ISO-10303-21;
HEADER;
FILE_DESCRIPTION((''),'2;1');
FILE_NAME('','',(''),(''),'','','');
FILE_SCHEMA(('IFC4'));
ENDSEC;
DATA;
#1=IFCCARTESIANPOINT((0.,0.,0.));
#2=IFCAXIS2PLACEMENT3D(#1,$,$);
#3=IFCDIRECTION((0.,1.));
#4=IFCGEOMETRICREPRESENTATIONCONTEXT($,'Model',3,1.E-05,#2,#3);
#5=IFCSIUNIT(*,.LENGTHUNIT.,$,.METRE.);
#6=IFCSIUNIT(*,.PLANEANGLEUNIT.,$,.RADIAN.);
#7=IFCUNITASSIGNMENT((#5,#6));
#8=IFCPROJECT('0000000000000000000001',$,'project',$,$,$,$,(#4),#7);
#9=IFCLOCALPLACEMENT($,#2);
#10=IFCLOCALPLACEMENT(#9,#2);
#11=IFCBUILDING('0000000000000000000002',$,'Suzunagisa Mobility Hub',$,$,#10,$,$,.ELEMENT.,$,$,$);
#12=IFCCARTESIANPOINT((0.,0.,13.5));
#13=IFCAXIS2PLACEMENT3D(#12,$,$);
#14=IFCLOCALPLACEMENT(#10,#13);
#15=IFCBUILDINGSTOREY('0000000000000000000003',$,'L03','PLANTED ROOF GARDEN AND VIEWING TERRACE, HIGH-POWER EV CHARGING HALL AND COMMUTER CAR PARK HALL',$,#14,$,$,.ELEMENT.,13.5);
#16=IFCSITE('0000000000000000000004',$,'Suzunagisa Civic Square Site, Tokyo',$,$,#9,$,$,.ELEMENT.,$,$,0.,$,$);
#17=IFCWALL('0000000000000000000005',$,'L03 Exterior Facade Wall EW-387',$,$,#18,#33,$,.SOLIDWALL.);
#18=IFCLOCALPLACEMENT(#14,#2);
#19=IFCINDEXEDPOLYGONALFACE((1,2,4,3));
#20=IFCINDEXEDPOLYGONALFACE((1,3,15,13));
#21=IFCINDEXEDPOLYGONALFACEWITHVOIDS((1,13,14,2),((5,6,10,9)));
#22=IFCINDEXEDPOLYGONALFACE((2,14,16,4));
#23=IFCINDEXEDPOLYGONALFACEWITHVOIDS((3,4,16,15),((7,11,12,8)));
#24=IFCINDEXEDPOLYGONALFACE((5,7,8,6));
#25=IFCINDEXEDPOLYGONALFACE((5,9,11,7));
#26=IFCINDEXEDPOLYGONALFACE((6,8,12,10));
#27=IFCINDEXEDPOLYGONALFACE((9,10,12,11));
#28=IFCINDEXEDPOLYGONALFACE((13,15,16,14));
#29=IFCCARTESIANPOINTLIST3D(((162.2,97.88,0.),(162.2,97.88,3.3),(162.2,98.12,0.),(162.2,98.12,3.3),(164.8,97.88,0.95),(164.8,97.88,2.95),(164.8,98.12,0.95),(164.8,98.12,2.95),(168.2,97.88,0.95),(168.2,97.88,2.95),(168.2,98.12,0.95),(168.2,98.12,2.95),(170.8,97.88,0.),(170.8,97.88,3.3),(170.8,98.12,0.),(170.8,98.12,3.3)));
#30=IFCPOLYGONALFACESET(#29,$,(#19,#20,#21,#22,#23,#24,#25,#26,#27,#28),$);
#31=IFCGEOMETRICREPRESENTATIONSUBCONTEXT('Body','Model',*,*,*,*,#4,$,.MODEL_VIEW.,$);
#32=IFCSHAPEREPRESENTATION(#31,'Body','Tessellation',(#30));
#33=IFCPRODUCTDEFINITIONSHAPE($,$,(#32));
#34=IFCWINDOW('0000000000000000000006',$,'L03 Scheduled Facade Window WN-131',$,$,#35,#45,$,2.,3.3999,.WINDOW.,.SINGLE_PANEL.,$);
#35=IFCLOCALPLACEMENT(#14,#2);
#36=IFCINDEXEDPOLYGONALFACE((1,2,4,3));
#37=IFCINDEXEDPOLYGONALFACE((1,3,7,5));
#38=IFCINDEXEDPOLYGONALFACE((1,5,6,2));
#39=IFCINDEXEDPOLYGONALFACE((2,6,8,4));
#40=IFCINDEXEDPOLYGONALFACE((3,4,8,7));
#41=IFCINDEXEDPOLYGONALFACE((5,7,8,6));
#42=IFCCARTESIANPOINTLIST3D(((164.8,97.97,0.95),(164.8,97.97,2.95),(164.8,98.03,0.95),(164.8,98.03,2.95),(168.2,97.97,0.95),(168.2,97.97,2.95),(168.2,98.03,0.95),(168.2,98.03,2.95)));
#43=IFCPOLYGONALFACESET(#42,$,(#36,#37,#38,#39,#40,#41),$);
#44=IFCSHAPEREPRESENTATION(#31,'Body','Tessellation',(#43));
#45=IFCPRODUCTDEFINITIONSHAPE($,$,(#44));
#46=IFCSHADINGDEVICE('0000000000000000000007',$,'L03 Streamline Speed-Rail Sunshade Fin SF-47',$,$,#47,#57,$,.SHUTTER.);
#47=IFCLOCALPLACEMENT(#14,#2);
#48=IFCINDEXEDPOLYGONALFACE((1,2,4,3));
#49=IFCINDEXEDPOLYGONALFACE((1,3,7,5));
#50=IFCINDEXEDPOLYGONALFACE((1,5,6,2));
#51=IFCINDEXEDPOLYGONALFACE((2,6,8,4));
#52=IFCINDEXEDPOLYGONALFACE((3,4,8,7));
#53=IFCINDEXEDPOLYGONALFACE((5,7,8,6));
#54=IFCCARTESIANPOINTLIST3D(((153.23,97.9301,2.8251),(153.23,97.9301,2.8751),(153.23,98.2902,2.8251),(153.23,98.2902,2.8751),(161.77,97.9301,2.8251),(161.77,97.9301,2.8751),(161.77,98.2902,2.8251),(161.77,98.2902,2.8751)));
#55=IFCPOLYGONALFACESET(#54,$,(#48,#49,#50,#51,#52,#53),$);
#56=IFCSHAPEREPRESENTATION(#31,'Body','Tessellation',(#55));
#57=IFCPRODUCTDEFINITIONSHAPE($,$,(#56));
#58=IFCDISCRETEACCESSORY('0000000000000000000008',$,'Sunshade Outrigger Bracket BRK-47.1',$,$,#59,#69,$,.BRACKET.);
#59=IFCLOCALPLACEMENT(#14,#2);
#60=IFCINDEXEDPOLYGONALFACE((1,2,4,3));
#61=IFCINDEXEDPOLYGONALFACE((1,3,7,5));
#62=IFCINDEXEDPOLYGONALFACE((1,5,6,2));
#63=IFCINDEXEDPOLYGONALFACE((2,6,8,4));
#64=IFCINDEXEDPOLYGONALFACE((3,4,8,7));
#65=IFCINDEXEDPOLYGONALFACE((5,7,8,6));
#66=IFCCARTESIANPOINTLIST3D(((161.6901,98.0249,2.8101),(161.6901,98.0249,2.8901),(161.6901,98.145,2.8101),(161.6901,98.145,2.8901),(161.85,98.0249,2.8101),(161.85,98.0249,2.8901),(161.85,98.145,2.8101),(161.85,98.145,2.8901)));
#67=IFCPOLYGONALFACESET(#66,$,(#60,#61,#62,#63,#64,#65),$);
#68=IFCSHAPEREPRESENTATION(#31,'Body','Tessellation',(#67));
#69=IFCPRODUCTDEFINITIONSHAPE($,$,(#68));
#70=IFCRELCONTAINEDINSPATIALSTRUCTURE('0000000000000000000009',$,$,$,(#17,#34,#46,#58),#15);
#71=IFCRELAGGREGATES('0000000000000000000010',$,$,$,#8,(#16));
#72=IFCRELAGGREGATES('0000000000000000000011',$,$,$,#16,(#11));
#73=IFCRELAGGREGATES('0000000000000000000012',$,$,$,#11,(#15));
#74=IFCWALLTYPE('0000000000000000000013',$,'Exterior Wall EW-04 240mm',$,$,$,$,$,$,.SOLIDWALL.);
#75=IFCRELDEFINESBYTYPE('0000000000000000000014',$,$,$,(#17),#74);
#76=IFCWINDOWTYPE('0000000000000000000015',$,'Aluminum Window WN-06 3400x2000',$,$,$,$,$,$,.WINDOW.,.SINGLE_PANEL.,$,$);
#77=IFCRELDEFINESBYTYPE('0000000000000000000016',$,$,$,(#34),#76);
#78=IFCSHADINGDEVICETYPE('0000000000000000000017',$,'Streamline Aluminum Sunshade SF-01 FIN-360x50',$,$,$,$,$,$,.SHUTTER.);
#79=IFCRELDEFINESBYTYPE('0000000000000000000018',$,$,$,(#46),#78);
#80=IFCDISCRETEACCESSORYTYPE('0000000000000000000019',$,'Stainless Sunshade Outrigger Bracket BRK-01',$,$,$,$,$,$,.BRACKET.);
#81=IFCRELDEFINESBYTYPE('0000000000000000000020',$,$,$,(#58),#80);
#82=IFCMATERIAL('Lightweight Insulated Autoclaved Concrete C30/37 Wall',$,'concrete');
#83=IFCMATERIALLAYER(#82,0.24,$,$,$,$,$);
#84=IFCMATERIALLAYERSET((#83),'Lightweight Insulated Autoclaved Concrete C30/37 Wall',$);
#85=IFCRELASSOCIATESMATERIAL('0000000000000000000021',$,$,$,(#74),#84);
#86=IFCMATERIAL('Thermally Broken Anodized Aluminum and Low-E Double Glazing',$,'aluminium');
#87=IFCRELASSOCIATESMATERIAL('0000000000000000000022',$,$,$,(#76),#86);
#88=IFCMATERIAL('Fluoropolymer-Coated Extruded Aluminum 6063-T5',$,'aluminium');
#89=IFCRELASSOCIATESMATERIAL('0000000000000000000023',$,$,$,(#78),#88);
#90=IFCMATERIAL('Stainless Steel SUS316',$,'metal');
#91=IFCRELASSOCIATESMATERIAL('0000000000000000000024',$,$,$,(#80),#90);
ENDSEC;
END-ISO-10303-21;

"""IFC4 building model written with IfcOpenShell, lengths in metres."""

from ifc_helpers import new_model, si_unit, direction, frame, frame_2d, origin, origin_2d, place, context, subcontext, project, spatial, rectangle, extrude, material, layer, layer_set, material_profile, profile_set, type_object, element, fill, save


model = new_model("IFC4")

# Units and contexts
model_context = context("Model", 3, precision=1e-05, world=origin(), true_north=direction((0.0, 1.0)))
body_context = subcontext(model_context, "Body", "Model", "MODEL_VIEW")
ifc_project = project(units=[si_unit("LENGTHUNIT", "METRE"), si_unit("PLANEANGLEUNIT", "RADIAN")], contexts=[model_context])

# Site, building, storey
site_placement = place(None, origin())
site = spatial("IfcSite", under=ifc_project, at=site_placement, Name="Suzunagisa Civic Square Site, Tokyo", CompositionType="ELEMENT", RefElevation=0.0)
building_placement = place(site_placement, origin())
building = spatial("IfcBuilding", under=site, at=building_placement, Name="Suzunagisa Mobility Hub", CompositionType="ELEMENT")
storey_placement = place(building_placement, frame((0.0, 0.0, 13.5)))
storey = spatial("IfcBuildingStorey", under=building, at=storey_placement, Name="L03", Description="PLANTED ROOF GARDEN AND VIEWING TERRACE, HIGH-POWER EV CHARGING HALL AND COMMUTER CAR PARK HALL", CompositionType="ELEMENT", Elevation=13.5)

# Wall, opening, window
ifc_material_1 = material(Name="Lightweight Insulated Autoclaved Concrete C30/37 Wall", Category="concrete")
ifc_layer_1 = layer(ifc_material_1, 0.24)
ifc_layer_set_1 = layer_set([ifc_layer_1], Name="Lightweight Insulated Autoclaved Concrete C30/37 Wall")
wall_type = type_object("IfcWallType", Name="Exterior Wall EW-04 240mm", PredefinedType="SOLIDWALL", material=ifc_layer_set_1)
wall_placement = place(storey_placement, frame((170.8, 98.0, 0.0), z_axis=(0.0, 0.0, 1.0), x_axis=(-1.0, 0.0, 0.0)))
wall = element("IfcWall", 1, at=wall_placement, inside=storey, type_object=wall_type, Name="L03 Exterior Facade Wall EW-387", PredefinedType="SOLIDWALL", context=body_context, shape_type="SweptSolid", body=[
    extrude(rectangle(XDim=8.6001, YDim=0.24, at=frame_2d((4.3, 0.0))), origin(), (0.0, 0.0, 1.0), 3.3),
])
opening_placement = place(wall_placement, frame((2.6001, 0.0, 0.95)))
opening = element("IfcOpeningElement", 2, at=opening_placement, cuts=wall, PredefinedType="OPENING", context=body_context, shape_type="SweptSolid", body=[
    extrude(rectangle(XDim=3.3999, YDim=2.0, at=frame_2d((1.7, 1.0))), frame((0.0, 0.1309, 0.0), z_axis=(0.0, -1.0, 0.0), x_axis=(1.0, 0.0, 0.0)), (0.0, 0.0, 1.0), 0.262),
])
ifc_material_2 = material(Name="Thermally Broken Anodized Aluminum and Low-E Double Glazing", Category="aluminium")
window_type = type_object("IfcWindowType", Name="Aluminum Window WN-06 3400x2000", PartitioningType="SINGLE_PANEL", PredefinedType="WINDOW", material=ifc_material_2)
window_placement = place(opening_placement, origin())
window = element("IfcWindow", 3, at=window_placement, inside=storey, type_object=window_type, Name="L03 Scheduled Facade Window WN-131", OverallHeight=2.0, OverallWidth=3.3999, PartitioningType="SINGLE_PANEL", PredefinedType="WINDOW", context=body_context, shape_type="SweptSolid", body=[
    extrude(rectangle(XDim=3.3999, YDim=2.0, at=frame_2d((1.7, 1.0))), frame((0.0, 0.03, 0.0), z_axis=(0.0, -1.0, 0.0), x_axis=(1.0, 0.0, 0.0)), (0.0, 0.0, 1.0), 0.0601),
])
fill(opening, window)

# Shading device
ifc_material_3 = material(Name="Fluoropolymer-Coated Extruded Aluminum 6063-T5", Category="aluminium")
ifc_material_profile_1 = material_profile(ifc_material_3, rectangle(XDim=0.3601, YDim=0.05, at=origin_2d()), Name="FIN-360x50")
ifc_profile_set_1 = profile_set([ifc_material_profile_1], Name="Fluoropolymer-Coated Extruded Aluminum 6063-T5")
shading_device_type = type_object("IfcShadingDeviceType", Name="Streamline Aluminum Sunshade SF-01 FIN-360x50", PredefinedType="SHUTTER", material=ifc_profile_set_1)
shading_device_placement = place(storey_placement, frame((161.77, 98.1101, 2.8501), z_axis=(-1.0, 0.0, 0.0), x_axis=(0.0, -1.0, 0.0)))
element("IfcShadingDevice", 4, at=shading_device_placement, inside=storey, type_object=shading_device_type, Name="L03 Streamline Speed-Rail Sunshade Fin SF-47", PredefinedType="SHUTTER", context=body_context, shape_type="SweptSolid", body=[
    extrude(rectangle(XDim=0.3601, YDim=0.05, at=origin_2d()), origin(), (0.0, 0.0, 1.0), 8.54),
])

# Discrete accessory
ifc_material_4 = material(Name="Stainless Steel SUS316", Category="metal")
discrete_accessory_type = type_object("IfcDiscreteAccessoryType", Name="Stainless Sunshade Outrigger Bracket BRK-01", PredefinedType="BRACKET", material=ifc_material_4)
discrete_accessory_placement = place(storey_placement, frame((161.77, 98.085, 2.8101), z_axis=(0.0, 0.0, 1.0), x_axis=(-1.0, 0.0, 0.0)))
element("IfcDiscreteAccessory", 5, at=discrete_accessory_placement, inside=storey, type_object=discrete_accessory_type, Name="Sunshade Outrigger Bracket BRK-47.1", PredefinedType="BRACKET", context=body_context, shape_type="SweptSolid", body=[
    extrude(rectangle(XDim=0.1599, YDim=0.1201, at=origin_2d()), origin(), (0.0, 0.0, 1.0), 0.0801),
])

save(model, "model.ifc")
